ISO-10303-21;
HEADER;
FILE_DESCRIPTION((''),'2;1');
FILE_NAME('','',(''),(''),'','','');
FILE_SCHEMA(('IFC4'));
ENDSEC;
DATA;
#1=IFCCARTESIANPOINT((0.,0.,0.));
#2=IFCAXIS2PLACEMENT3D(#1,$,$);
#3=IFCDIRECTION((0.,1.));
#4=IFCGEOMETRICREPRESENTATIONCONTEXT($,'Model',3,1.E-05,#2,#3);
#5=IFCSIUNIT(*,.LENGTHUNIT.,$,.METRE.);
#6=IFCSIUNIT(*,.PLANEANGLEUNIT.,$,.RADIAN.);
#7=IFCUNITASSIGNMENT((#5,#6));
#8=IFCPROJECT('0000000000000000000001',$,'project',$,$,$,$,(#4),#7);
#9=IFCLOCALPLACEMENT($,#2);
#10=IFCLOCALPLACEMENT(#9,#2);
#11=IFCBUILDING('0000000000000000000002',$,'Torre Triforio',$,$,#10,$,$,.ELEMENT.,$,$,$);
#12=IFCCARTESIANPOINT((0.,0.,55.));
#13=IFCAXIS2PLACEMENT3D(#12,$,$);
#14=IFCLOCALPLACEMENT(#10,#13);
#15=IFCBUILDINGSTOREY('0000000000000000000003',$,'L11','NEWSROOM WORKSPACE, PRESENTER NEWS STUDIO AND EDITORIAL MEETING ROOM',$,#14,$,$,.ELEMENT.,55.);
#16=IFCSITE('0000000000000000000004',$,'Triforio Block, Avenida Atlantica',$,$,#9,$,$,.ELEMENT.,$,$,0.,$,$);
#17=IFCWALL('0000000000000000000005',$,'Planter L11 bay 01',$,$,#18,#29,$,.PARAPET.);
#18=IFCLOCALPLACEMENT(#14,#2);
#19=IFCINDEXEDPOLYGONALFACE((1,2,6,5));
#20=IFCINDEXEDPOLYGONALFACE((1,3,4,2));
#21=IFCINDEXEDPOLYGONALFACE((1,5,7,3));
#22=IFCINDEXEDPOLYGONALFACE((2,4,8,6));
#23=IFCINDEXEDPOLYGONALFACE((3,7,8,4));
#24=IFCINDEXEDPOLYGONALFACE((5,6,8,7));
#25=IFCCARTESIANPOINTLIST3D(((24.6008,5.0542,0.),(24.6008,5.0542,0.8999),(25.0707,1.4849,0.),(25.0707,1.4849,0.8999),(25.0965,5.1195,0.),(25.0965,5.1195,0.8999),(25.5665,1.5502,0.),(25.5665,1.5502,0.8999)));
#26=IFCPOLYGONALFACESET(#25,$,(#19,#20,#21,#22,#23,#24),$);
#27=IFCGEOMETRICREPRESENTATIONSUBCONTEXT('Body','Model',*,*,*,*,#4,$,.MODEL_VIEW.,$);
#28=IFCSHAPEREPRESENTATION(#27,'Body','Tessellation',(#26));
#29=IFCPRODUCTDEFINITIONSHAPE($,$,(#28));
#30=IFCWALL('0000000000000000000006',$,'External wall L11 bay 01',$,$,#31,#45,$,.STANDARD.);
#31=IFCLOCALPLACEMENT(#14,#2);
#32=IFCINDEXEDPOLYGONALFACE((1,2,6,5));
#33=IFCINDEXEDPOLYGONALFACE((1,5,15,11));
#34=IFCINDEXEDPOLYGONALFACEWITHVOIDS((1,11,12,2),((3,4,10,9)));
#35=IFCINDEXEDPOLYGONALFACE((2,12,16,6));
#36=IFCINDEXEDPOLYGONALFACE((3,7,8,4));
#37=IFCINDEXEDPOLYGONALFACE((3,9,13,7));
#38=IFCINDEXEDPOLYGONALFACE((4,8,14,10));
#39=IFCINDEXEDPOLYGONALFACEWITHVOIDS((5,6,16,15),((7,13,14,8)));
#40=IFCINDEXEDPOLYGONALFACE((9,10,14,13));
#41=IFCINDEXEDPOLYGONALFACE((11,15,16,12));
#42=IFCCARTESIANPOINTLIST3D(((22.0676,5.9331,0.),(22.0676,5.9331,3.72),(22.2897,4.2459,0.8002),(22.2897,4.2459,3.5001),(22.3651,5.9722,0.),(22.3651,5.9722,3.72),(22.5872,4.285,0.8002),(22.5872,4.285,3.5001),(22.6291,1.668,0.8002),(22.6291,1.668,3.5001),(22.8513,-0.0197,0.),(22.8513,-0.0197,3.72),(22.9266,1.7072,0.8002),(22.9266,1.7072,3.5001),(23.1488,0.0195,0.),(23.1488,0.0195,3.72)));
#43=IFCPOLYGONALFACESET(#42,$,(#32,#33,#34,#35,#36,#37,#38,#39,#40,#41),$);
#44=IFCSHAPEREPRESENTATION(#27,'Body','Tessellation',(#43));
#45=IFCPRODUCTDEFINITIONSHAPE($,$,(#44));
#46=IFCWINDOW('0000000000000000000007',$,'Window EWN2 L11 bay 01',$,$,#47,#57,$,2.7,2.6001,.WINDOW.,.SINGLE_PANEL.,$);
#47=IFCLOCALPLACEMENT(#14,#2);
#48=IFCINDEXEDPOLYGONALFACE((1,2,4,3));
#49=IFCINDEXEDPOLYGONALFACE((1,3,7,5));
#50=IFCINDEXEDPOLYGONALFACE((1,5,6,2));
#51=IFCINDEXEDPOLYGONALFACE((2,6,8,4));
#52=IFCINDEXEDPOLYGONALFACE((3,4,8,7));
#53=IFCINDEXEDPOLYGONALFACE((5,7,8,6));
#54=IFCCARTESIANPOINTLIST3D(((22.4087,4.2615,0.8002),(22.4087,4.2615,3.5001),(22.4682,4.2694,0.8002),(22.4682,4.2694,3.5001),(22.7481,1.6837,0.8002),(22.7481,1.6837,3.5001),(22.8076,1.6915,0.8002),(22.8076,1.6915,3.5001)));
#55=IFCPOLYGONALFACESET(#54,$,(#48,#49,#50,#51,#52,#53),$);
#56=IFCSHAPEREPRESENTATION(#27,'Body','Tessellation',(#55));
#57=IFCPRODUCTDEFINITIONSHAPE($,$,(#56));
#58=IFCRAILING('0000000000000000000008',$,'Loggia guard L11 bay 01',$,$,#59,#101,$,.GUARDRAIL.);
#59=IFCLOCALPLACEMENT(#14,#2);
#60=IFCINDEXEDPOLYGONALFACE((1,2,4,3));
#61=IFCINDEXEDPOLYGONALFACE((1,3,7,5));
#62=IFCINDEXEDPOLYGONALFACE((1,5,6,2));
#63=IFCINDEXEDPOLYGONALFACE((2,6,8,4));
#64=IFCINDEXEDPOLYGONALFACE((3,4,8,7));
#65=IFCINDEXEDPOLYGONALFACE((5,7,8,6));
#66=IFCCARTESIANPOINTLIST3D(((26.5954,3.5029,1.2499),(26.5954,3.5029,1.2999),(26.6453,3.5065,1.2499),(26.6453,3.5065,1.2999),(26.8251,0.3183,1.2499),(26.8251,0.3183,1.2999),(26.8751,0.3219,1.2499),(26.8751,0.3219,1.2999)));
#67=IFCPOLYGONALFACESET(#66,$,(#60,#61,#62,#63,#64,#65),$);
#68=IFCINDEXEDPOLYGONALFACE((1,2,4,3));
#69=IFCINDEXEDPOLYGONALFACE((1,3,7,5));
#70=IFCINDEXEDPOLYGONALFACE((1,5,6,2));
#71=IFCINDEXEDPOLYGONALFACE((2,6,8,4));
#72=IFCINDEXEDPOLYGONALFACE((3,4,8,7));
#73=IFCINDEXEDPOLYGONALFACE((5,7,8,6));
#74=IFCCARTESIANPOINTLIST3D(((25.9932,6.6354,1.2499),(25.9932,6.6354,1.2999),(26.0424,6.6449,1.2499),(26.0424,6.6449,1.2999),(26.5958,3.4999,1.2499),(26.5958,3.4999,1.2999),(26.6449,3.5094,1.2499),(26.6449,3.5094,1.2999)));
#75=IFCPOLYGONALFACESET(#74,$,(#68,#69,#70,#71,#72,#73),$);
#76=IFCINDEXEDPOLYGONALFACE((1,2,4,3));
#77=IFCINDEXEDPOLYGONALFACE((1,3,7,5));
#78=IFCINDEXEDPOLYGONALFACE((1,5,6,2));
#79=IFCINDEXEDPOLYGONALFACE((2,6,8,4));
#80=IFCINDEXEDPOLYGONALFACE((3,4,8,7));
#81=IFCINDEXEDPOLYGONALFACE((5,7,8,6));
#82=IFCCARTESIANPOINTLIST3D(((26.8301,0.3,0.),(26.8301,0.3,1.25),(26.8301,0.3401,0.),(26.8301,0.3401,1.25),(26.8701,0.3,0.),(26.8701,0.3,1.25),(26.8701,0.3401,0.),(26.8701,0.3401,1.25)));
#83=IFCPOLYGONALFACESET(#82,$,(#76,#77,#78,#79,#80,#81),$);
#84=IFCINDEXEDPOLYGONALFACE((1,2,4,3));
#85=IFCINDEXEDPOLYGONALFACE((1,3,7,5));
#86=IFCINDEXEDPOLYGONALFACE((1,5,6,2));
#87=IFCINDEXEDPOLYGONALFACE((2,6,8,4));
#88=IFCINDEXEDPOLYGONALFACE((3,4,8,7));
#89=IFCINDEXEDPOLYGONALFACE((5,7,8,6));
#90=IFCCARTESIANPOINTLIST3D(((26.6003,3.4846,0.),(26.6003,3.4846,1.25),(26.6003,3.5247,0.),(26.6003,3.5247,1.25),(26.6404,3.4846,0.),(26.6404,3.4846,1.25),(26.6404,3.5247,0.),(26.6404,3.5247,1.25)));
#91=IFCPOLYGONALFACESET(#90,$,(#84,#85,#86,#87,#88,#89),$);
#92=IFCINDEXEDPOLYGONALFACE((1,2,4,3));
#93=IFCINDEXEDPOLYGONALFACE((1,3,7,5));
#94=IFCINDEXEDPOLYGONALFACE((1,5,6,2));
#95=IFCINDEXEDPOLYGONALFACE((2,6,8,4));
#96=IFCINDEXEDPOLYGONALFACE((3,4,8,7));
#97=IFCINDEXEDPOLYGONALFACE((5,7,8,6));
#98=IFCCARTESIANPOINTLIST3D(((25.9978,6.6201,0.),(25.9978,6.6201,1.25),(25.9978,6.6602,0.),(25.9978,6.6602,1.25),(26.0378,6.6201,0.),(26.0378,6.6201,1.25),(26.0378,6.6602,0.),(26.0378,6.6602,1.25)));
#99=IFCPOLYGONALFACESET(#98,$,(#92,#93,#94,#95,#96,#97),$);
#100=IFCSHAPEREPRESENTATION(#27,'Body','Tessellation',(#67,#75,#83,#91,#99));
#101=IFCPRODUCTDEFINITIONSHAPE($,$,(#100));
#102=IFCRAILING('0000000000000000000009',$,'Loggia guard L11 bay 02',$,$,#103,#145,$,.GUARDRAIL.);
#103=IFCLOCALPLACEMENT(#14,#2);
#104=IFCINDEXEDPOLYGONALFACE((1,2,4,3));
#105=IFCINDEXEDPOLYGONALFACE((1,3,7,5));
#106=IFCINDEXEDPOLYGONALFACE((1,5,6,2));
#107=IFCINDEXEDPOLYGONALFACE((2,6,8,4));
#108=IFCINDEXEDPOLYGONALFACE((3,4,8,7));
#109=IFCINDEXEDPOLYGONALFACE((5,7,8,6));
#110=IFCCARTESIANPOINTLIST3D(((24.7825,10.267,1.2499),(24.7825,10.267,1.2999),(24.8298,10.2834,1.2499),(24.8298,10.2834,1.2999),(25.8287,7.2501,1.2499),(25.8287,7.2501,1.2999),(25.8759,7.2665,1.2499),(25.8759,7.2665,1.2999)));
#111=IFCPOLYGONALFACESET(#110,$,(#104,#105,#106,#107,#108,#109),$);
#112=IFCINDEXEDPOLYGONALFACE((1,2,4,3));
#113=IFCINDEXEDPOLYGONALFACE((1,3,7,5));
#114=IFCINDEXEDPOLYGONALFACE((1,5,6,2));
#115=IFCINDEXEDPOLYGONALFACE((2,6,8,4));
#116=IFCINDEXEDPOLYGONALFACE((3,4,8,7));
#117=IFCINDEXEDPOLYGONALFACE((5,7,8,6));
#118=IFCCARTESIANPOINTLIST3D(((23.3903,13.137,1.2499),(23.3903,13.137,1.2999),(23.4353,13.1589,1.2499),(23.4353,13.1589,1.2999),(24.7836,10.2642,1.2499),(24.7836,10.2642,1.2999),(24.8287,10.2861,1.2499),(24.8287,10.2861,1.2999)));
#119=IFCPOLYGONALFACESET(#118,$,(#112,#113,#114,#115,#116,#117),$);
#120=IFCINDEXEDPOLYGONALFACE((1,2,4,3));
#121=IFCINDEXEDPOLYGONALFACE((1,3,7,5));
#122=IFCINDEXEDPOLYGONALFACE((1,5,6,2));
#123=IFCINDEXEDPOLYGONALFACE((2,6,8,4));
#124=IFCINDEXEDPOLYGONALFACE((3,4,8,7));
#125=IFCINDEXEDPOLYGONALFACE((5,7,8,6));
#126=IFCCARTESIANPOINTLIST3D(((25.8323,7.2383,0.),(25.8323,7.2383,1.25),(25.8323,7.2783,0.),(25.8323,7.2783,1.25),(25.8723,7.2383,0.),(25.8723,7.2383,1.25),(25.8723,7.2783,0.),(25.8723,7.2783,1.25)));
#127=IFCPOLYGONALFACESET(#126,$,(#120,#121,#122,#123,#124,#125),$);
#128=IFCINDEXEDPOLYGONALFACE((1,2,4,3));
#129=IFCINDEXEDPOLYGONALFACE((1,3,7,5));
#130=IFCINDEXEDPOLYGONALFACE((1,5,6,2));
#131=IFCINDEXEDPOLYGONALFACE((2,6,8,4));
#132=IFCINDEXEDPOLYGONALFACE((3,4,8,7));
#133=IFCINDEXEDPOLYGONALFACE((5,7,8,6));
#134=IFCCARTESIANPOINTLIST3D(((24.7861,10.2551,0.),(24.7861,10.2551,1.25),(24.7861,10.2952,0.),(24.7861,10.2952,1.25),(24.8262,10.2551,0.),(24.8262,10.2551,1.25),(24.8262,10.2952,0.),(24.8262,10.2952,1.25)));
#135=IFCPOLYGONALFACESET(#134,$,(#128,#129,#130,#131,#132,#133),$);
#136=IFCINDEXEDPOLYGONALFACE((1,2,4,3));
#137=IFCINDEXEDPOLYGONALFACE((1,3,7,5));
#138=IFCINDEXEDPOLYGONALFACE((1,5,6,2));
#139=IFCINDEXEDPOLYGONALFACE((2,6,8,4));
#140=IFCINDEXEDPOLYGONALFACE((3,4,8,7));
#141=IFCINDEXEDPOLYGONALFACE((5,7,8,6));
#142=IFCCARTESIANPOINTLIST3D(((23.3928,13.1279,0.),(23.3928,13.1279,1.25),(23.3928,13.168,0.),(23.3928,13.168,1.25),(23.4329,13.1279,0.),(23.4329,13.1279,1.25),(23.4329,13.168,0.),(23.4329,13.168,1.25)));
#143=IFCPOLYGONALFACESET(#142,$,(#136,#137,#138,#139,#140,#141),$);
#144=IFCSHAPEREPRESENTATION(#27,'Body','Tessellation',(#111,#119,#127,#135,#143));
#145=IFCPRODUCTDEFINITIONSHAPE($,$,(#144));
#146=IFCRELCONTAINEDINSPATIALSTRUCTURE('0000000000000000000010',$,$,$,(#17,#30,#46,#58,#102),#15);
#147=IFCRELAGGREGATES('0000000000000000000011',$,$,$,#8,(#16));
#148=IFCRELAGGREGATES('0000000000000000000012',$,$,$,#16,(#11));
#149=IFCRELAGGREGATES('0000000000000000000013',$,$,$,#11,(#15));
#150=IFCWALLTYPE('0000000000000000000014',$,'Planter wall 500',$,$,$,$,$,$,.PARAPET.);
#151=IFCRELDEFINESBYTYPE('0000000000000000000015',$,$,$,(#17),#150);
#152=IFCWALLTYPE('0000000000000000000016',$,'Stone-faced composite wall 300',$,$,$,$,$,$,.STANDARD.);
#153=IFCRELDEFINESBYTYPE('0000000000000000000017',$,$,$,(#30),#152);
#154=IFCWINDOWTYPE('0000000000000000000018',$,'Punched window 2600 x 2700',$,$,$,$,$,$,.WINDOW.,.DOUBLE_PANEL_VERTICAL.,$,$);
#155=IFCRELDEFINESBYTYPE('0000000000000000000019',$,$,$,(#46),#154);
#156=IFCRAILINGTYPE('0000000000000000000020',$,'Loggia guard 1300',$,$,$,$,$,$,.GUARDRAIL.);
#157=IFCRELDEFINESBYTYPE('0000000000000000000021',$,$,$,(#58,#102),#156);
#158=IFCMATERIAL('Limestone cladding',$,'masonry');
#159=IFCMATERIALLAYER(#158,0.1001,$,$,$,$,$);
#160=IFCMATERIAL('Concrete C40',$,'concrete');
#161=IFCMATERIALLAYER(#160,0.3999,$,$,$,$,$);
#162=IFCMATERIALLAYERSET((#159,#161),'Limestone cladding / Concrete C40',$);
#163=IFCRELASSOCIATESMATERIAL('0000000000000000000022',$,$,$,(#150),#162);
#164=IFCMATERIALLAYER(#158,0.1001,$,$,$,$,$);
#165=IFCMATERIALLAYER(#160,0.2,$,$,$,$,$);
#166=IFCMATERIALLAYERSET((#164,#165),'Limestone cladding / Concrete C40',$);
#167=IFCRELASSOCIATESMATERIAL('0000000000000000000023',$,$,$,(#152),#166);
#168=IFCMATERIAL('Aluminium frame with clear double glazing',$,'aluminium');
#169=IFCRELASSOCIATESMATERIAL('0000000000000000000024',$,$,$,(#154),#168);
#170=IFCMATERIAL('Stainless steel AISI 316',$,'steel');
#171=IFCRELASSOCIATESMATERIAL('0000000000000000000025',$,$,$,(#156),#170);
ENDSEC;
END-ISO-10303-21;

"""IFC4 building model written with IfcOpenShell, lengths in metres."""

from ifc_helpers import new_model, si_unit, direction, frame, frame_2d, origin, origin_2d, place, context, subcontext, project, spatial, rectangle, extrude, material, layer, layer_set, type_object, element, fill, save


model = new_model("IFC4")

# Units and contexts
model_context = context("Model", 3, precision=1e-05, world=origin(), true_north=direction((0.0, 1.0)))
body_context = subcontext(model_context, "Body", "Model", "MODEL_VIEW")
ifc_project = project(units=[si_unit("LENGTHUNIT", "METRE"), si_unit("PLANEANGLEUNIT", "RADIAN")], contexts=[model_context])

# Site, building, storey
site_placement = place(None, origin())
site = spatial("IfcSite", under=ifc_project, at=site_placement, Name="Triforio Block, Avenida Atlantica", CompositionType="ELEMENT", RefElevation=0.0)
building_placement = place(site_placement, origin())
building = spatial("IfcBuilding", under=site, at=building_placement, Name="Torre Triforio", CompositionType="ELEMENT")
storey_placement = place(building_placement, frame((0.0, 0.0, 55.0)))
storey = spatial("IfcBuildingStorey", under=building, at=storey_placement, Name="L11", Description="NEWSROOM WORKSPACE, PRESENTER NEWS STUDIO AND EDITORIAL MEETING ROOM", CompositionType="ELEMENT", Elevation=55.0)

# Wall
ifc_material_1 = material(Name="Limestone cladding", Category="masonry")
ifc_layer_1 = layer(ifc_material_1, 0.1001)
ifc_material_2 = material(Name="Concrete C40", Category="concrete")
ifc_layer_2 = layer(ifc_material_2, 0.3999)
ifc_layer_set_1 = layer_set([ifc_layer_1, ifc_layer_2], Name="Limestone cladding / Concrete C40")
wall_type_1 = type_object("IfcWallType", Name="Planter wall 500", PredefinedType="PARAPET", material=ifc_layer_set_1)
wall_1_placement = place(storey_placement, frame((25.3186, 1.5176, 0.0), z_axis=(0.0, 0.0, 1.0), x_axis=(-0.130542, 0.991443, 0.0)))
element("IfcWall", 1, at=wall_1_placement, inside=storey, type_object=wall_type_1, Name="Planter L11 bay 01", PredefinedType="PARAPET", context=body_context, shape_type="SweptSolid", body=[
    extrude(rectangle(XDim=3.6001, YDim=0.5, at=frame_2d((1.8, 0.0))), origin(), (0.0, 0.0, 1.0), 0.8999),
])

# Wall, opening, window
ifc_layer_3 = layer(ifc_material_1, 0.1001)
ifc_layer_4 = layer(ifc_material_2, 0.2)
ifc_layer_set_2 = layer_set([ifc_layer_3, ifc_layer_4], Name="Limestone cladding / Concrete C40")
wall_type_2 = type_object("IfcWallType", Name="Stone-faced composite wall 300", PredefinedType="STANDARD", material=ifc_layer_set_2)
wall_2_placement = place(storey_placement, frame((23.0, 0.0, 0.0), z_axis=(0.0, 0.0, 1.0), x_axis=(-0.130523, 0.991445, 0.0)))
wall_2 = element("IfcWall", 2, at=wall_2_placement, inside=storey, type_object=wall_type_2, Name="External wall L11 bay 01", PredefinedType="STANDARD", context=body_context, shape_type="SweptSolid", body=[
    extrude(rectangle(XDim=6.0042, YDim=0.3, at=frame_2d((3.002, 0.0))), origin(), (0.0, 0.0, 1.0), 3.72),
])
opening_1_placement = place(wall_2_placement, frame((1.7021, 0.0, 0.8)))
opening_1 = element("IfcOpeningElement", 3, at=opening_1_placement, cuts=wall_2, PredefinedType="OPENING", context=body_context, shape_type="SweptSolid", body=[
    extrude(rectangle(XDim=2.6001, YDim=2.7, at=frame_2d((1.3, 1.3501))), frame((0.0, 0.1599, 0.0), z_axis=(0.0, -1.0, 0.0), x_axis=(1.0, 0.0, 0.0)), (0.0, 0.0, 1.0), 0.3201),
])
ifc_material_3 = material(Name="Aluminium frame with clear double glazing", Category="aluminium")
window_type_1 = type_object("IfcWindowType", Name="Punched window 2600 x 2700", PartitioningType="DOUBLE_PANEL_VERTICAL", PredefinedType="WINDOW", material=ifc_material_3)
window_1_placement = place(opening_1_placement, origin())
window_1 = element("IfcWindow", 4, at=window_1_placement, inside=storey, type_object=window_type_1, Name="Window EWN2 L11 bay 01", OverallHeight=2.7, OverallWidth=2.6001, PartitioningType="SINGLE_PANEL", PredefinedType="WINDOW", context=body_context, shape_type="SweptSolid", body=[
    extrude(rectangle(XDim=2.6001, YDim=2.7, at=frame_2d((1.3, 1.3501))), frame((0.0, 0.03, 0.0), z_axis=(0.0, -1.0, 0.0), x_axis=(1.0, 0.0, 0.0)), (0.0, 0.0, 1.0), 0.0601),
])
fill(opening_1, window_1)

# Railings
ifc_material_4 = material(Name="Stainless steel AISI 316", Category="steel")
railing_type = type_object("IfcRailingType", Name="Loggia guard 1300", PredefinedType="GUARDRAIL", material=ifc_material_4)
railing_1_placement = place(storey_placement, frame((26.8501, 0.3201, 0.0)))
element("IfcRailing", 5, at=railing_1_placement, inside=storey, type_object=railing_type, Name="Loggia guard L11 bay 01", PredefinedType="GUARDRAIL", context=body_context, shape_type="SweptSolid", body=[
    extrude(rectangle(XDim=0.05, YDim=0.05, at=origin_2d()), frame((0.0, 0.0, 1.2749), z_axis=(-0.071953, 0.997408, 0.0), x_axis=(-0.997408, -0.071953, 0.0)), (0.0, 0.0, 1.0), 3.1929),
    extrude(rectangle(XDim=0.05, YDim=0.05, at=origin_2d()), frame((-0.2297, 3.1846, 1.2749), z_axis=(-0.188714, 0.982032, 0.0), x_axis=(-0.982032, -0.188714, 0.0)), (0.0, 0.0, 1.0), 3.1929),
    extrude(rectangle(XDim=0.04, YDim=0.04, at=origin_2d()), origin(), (0.0, 0.0, 1.0), 1.25),
    extrude(rectangle(XDim=0.04, YDim=0.04, at=origin_2d()), frame((-0.2297, 3.1846, 0.0)), (0.0, 0.0, 1.0), 1.25),
    extrude(rectangle(XDim=0.04, YDim=0.04, at=origin_2d()), frame((-0.8323, 6.3201, 0.0)), (0.0, 0.0, 1.0), 1.25),
])
railing_2_placement = place(storey_placement, frame((25.8523, 7.2583, 0.0)))
element("IfcRailing", 6, at=railing_2_placement, inside=storey, type_object=railing_type, Name="Loggia guard L11 bay 02", PredefinedType="GUARDRAIL", context=body_context, shape_type="SweptSolid", body=[
    extrude(rectangle(XDim=0.05, YDim=0.05, at=origin_2d()), frame((0.0, 0.0, 1.2749), z_axis=(-0.327628, 0.944807, 0.0), x_axis=(-0.944807, -0.327628, 0.0)), (0.0, 0.0, 1.0), 3.1931),
    extrude(rectangle(XDim=0.05, YDim=0.05, at=origin_2d()), frame((-1.0461, 3.0168, 1.2749), z_axis=(-0.436384, 0.89976, 0.0), x_axis=(-0.89976, -0.436384, 0.0)), (0.0, 0.0, 1.0), 3.1929),
    extrude(rectangle(XDim=0.04, YDim=0.04, at=origin_2d()), origin(), (0.0, 0.0, 1.0), 1.25),
    extrude(rectangle(XDim=0.04, YDim=0.04, at=origin_2d()), frame((-1.0461, 3.0168, 0.0)), (0.0, 0.0, 1.0), 1.25),
    extrude(rectangle(XDim=0.04, YDim=0.04, at=origin_2d()), frame((-2.4395, 5.8896, 0.0)), (0.0, 0.0, 1.0), 1.25),
])

save(model, "model.ifc")
